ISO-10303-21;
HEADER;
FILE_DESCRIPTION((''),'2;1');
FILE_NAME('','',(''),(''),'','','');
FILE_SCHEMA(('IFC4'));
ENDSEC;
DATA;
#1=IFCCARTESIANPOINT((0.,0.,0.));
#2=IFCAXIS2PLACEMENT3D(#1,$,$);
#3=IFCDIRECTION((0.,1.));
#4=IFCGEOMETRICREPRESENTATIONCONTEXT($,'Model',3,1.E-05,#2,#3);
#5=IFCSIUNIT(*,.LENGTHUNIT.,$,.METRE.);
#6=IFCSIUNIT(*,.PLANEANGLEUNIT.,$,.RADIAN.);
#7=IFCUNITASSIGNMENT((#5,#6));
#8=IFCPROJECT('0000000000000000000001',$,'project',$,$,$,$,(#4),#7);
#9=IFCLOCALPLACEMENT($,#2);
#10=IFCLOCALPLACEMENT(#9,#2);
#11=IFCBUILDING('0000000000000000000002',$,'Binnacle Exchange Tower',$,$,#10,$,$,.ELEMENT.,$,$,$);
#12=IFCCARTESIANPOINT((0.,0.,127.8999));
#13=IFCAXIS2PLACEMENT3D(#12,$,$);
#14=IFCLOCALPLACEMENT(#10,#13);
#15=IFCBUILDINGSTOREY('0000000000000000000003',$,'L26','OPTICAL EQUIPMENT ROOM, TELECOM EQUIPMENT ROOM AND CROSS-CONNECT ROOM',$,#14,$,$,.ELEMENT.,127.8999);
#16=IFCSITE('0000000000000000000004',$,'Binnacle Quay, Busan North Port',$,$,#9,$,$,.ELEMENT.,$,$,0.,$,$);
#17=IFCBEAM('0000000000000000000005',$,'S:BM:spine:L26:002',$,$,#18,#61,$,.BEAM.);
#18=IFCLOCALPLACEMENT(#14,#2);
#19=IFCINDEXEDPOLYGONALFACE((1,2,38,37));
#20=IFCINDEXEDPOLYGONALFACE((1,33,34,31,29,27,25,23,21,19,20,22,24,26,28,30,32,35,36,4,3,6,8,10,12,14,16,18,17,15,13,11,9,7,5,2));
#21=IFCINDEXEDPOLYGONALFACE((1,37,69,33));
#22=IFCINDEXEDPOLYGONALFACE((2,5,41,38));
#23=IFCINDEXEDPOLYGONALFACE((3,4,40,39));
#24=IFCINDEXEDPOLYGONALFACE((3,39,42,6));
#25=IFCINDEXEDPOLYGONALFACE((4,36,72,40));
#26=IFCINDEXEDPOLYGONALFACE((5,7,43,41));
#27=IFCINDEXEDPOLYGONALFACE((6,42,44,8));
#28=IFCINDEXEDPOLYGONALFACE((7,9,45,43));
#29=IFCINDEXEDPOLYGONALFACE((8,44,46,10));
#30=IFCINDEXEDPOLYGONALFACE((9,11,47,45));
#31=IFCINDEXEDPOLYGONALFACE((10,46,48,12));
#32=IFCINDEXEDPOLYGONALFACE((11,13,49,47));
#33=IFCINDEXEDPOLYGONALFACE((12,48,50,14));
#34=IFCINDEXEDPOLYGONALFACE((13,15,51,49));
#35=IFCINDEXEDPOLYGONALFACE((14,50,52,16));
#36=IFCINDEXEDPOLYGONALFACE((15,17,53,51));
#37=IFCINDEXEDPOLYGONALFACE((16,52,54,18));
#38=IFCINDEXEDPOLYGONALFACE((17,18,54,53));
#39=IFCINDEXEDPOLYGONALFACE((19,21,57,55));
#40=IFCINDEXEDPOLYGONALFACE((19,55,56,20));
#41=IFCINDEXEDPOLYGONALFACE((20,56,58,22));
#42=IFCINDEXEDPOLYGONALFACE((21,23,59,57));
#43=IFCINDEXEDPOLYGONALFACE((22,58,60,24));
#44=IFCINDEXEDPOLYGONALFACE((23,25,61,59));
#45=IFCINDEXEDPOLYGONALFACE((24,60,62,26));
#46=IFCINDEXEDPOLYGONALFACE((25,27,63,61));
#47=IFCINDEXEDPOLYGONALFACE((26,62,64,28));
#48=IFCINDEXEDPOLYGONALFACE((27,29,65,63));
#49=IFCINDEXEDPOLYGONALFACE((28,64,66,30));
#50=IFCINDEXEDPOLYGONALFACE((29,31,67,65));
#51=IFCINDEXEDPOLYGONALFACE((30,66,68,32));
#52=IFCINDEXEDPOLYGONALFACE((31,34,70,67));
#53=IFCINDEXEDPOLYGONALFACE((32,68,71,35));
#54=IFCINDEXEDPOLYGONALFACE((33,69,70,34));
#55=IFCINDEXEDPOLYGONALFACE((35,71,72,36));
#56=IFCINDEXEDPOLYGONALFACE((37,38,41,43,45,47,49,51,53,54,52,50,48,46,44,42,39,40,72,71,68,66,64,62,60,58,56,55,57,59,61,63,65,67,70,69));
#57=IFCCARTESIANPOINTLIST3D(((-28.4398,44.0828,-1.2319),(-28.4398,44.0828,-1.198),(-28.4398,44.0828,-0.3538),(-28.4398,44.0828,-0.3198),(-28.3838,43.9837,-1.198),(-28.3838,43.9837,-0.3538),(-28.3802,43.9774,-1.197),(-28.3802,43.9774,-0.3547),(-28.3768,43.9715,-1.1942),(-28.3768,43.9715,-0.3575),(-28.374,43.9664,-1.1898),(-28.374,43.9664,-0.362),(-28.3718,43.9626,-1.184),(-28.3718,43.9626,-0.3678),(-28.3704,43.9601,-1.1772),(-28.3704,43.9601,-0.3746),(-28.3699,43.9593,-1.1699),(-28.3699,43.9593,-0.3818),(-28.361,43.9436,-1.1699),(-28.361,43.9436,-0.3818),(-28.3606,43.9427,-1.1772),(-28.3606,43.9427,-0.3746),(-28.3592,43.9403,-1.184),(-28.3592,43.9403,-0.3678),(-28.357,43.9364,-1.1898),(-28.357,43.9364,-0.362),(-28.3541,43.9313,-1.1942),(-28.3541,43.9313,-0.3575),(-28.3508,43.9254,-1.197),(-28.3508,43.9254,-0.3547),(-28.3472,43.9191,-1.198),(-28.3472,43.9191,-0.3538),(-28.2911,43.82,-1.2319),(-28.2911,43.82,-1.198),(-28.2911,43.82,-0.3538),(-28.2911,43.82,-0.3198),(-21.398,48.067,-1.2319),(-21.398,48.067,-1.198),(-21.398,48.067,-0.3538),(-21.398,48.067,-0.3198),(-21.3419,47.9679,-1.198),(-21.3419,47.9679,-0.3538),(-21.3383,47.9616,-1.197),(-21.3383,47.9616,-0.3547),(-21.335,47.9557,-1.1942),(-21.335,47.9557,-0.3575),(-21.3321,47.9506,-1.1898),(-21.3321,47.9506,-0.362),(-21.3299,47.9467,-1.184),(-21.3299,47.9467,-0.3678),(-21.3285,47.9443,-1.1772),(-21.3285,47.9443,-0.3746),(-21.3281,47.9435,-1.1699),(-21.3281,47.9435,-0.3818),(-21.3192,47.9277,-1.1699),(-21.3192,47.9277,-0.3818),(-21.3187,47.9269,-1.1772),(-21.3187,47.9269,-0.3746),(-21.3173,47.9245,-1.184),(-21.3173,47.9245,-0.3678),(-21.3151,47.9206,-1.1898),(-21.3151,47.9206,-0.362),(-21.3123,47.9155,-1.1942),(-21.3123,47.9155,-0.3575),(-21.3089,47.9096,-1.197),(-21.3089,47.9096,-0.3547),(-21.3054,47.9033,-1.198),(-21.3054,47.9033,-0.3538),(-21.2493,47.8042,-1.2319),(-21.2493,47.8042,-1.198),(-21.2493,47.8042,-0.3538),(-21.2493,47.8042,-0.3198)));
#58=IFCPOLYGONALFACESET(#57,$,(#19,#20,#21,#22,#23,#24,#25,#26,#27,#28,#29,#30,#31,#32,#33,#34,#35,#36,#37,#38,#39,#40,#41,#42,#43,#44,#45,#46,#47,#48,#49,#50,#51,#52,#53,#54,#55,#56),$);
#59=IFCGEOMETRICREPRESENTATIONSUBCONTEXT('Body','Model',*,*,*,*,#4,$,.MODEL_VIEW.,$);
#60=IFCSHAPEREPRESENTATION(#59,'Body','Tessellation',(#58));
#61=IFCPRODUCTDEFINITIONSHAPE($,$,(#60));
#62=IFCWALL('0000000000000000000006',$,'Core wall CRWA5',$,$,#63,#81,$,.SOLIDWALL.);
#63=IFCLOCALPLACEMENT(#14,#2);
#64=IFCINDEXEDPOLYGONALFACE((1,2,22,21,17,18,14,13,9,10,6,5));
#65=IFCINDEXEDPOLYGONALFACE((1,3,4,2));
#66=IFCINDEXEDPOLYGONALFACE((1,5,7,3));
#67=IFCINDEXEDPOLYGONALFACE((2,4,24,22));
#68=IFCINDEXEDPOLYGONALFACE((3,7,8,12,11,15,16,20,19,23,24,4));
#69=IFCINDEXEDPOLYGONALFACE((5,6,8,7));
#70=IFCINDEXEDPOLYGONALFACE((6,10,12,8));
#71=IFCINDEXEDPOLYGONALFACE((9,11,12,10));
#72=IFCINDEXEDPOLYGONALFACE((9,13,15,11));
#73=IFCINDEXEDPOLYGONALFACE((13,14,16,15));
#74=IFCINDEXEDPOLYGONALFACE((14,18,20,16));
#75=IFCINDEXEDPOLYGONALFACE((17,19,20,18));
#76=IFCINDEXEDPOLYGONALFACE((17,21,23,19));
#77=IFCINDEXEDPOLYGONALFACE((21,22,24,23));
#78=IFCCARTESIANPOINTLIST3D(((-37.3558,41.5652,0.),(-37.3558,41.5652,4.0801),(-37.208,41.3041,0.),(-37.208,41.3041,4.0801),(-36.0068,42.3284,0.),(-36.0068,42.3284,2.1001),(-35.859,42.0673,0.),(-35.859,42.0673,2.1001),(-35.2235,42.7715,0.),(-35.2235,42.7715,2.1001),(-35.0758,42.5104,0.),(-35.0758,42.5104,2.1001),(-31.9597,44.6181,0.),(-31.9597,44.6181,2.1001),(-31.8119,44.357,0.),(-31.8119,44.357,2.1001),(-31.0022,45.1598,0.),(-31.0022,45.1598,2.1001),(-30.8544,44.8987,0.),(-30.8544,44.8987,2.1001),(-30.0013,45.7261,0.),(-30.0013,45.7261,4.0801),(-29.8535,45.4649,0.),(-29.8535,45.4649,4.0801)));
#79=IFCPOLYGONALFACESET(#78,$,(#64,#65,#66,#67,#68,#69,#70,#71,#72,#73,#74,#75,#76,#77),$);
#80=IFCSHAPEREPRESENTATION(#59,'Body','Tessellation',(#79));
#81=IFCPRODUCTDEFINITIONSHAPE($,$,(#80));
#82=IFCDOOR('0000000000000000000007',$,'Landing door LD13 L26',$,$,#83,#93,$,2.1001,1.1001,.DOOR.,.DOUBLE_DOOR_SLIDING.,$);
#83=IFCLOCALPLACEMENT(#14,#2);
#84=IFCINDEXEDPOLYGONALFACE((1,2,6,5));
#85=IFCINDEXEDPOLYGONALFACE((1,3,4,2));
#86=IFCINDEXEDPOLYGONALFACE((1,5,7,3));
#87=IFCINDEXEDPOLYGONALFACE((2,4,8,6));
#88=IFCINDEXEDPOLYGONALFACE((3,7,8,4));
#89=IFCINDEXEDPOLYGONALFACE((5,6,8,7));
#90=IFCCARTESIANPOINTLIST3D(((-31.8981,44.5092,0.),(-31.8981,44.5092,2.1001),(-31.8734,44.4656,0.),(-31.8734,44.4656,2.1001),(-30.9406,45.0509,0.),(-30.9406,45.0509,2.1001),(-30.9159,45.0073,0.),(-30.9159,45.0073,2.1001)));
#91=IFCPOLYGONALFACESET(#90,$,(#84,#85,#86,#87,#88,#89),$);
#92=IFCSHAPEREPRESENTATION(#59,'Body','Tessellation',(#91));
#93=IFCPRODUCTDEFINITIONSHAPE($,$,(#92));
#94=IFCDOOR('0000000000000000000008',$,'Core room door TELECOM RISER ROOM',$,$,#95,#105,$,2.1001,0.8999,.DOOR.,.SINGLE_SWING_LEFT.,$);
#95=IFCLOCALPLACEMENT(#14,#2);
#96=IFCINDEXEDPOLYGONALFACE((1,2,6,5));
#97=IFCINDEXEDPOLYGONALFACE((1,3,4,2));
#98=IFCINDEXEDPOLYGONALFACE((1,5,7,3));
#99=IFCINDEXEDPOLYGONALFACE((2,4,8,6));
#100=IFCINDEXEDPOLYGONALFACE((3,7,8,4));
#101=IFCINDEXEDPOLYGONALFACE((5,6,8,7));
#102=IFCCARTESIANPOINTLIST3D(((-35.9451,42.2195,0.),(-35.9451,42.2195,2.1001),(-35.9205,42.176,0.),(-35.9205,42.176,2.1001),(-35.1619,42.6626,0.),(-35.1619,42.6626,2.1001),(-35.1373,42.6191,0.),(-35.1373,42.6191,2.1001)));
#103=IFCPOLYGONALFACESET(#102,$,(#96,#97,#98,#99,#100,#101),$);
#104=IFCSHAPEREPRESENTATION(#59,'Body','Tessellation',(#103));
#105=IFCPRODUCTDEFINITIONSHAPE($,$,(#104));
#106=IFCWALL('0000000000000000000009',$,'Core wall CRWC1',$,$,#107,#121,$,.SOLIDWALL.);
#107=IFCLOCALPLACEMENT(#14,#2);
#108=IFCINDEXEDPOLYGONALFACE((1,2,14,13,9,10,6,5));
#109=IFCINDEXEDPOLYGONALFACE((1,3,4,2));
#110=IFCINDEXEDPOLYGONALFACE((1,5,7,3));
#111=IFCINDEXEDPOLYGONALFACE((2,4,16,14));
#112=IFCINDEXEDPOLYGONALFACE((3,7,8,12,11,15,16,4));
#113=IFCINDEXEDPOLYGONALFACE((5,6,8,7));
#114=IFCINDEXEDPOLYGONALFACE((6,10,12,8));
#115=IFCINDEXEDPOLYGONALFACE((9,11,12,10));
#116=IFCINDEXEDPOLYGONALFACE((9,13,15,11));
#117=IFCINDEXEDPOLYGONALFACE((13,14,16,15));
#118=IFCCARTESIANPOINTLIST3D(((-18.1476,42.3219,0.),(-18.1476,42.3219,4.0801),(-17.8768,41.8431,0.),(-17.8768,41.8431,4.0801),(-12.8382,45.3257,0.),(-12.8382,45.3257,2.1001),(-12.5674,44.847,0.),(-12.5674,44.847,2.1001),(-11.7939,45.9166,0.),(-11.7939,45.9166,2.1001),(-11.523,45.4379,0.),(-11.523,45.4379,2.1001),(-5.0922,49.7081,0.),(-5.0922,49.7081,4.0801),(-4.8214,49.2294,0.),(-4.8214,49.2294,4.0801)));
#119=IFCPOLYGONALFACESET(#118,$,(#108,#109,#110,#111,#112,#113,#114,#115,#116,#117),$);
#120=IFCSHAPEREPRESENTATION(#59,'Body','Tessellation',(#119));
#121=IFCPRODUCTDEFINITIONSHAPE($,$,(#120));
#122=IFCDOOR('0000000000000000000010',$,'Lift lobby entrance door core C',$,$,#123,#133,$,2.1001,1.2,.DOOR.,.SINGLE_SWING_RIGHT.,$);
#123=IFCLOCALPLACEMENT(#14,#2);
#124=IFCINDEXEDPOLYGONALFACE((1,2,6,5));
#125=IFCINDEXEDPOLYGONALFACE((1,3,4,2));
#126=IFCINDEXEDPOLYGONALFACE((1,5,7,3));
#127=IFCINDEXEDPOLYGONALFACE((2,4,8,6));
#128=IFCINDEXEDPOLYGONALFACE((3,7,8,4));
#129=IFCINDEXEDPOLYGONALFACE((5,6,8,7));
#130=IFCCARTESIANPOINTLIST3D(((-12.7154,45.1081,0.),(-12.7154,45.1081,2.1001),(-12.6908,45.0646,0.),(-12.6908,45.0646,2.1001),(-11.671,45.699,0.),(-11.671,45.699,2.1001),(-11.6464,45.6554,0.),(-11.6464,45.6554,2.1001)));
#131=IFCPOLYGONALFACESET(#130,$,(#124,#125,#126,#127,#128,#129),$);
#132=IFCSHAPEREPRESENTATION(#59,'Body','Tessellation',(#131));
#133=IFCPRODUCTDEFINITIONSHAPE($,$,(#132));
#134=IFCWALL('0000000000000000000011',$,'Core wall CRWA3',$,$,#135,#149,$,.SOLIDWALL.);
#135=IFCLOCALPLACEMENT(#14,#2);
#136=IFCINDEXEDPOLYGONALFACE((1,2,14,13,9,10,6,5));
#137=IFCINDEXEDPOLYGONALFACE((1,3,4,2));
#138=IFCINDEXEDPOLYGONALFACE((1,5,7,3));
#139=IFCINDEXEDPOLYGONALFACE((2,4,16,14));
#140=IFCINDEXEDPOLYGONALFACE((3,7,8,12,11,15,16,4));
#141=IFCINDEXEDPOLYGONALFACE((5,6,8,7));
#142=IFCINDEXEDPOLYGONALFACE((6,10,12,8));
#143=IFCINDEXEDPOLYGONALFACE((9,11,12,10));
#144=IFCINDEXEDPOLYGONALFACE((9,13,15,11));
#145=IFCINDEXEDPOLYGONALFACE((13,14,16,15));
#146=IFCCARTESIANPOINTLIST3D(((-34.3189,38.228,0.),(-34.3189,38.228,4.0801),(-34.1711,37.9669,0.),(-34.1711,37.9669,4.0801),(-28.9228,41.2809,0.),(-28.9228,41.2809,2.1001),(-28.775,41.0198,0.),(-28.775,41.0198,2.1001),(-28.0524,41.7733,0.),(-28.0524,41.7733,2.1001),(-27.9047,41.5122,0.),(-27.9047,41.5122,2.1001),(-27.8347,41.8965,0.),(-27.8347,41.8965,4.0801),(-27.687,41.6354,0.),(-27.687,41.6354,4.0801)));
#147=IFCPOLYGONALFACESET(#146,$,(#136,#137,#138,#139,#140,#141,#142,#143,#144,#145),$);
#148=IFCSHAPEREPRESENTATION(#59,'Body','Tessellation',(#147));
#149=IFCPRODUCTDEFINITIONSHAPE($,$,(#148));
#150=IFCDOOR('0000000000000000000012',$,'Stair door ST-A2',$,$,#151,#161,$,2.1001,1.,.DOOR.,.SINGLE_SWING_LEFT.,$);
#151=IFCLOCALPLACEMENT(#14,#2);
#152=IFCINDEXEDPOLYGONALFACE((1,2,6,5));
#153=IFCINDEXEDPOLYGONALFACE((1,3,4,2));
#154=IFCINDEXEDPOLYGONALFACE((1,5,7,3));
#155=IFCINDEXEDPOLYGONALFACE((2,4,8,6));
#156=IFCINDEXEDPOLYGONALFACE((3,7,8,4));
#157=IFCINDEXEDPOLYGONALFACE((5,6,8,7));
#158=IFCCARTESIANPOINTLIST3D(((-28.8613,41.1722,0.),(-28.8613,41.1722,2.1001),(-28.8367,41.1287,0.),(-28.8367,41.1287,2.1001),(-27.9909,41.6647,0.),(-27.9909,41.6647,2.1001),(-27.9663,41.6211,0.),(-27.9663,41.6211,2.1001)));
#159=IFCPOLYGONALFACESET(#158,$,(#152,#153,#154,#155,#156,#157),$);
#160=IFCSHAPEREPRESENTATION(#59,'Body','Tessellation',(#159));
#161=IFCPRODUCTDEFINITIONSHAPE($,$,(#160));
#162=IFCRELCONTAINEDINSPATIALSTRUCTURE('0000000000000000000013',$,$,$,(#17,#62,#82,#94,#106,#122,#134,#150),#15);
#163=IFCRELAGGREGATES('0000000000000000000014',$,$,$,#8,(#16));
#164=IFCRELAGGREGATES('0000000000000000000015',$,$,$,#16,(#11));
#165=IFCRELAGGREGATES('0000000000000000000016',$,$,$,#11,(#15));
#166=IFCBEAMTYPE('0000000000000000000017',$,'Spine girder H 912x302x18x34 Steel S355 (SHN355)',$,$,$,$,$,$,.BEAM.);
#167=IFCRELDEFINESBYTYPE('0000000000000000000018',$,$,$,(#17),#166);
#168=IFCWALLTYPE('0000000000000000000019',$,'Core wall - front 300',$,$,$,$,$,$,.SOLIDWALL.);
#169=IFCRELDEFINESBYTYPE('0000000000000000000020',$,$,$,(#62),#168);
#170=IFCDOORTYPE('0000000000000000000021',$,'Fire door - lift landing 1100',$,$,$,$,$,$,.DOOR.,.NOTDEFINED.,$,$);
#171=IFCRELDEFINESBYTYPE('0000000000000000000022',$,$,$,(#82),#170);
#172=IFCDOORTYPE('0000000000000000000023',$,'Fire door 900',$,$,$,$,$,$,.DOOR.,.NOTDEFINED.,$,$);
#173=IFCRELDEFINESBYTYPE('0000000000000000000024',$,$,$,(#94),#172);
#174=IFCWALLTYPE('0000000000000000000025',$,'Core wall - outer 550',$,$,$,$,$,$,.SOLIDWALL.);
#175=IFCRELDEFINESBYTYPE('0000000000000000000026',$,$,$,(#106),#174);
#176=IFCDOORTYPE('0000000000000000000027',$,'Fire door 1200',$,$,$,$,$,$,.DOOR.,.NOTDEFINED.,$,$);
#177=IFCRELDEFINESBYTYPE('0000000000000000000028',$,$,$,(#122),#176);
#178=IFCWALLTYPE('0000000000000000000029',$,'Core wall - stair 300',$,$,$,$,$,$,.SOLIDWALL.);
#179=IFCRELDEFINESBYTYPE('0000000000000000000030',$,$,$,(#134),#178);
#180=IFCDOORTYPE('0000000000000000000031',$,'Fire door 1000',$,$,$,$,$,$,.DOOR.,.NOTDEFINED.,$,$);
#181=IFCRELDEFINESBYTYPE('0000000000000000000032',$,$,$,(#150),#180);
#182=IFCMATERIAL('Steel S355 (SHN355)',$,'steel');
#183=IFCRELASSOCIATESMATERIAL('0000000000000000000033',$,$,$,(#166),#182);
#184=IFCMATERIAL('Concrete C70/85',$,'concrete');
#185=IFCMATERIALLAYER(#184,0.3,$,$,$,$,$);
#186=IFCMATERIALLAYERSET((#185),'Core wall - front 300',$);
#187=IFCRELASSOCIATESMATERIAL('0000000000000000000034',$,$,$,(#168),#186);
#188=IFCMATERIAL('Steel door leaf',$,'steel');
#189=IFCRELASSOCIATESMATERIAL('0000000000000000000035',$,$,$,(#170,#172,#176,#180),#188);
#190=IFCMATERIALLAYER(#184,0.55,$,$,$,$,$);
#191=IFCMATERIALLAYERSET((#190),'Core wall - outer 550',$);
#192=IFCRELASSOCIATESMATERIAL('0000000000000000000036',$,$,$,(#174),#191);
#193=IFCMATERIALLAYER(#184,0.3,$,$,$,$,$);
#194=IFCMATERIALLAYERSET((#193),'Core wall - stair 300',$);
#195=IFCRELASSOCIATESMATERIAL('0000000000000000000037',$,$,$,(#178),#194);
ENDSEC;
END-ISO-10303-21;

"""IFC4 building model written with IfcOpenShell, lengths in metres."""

from ifc_helpers import new_model, si_unit, direction, frame, frame_2d, origin, origin_2d, place, context, subcontext, project, spatial, rectangle, i_section, extrude, material, layer, layer_set, material_profile, profile_set, type_object, element, fill, save


model = new_model("IFC4")

# Units and contexts
model_context = context("Model", 3, precision=1e-05, world=origin(), true_north=direction((0.0, 1.0)))
body_context = subcontext(model_context, "Body", "Model", "MODEL_VIEW")
ifc_project = project(units=[si_unit("LENGTHUNIT", "METRE"), si_unit("PLANEANGLEUNIT", "RADIAN")], contexts=[model_context])

# Site, building, storey
site_placement = place(None, origin())
site = spatial("IfcSite", under=ifc_project, at=site_placement, Name="Binnacle Quay, Busan North Port", CompositionType="ELEMENT", RefElevation=0.0)
building_placement = place(site_placement, origin())
building = spatial("IfcBuilding", under=site, at=building_placement, Name="Binnacle Exchange Tower", CompositionType="ELEMENT")
storey_placement = place(building_placement, frame((0.0, 0.0, 127.8999)))
storey = spatial("IfcBuildingStorey", under=building, at=storey_placement, Name="L26", Description="OPTICAL EQUIPMENT ROOM, TELECOM EQUIPMENT ROOM AND CROSS-CONNECT ROOM", CompositionType="ELEMENT", Elevation=127.8999)

# Shared definitions
ifc_material_1 = material(Name="Concrete C70/85", Category="concrete")

# Beam
ifc_material_2 = material(Name="Steel S355 (SHN355)", Category="steel")
ifc_material_profile_1 = material_profile(ifc_material_2, i_section(OverallWidth=0.302, OverallDepth=0.9121, WebThickness=0.0181, FlangeThickness=0.0339, FilletRadius=0.0281, at=origin_2d()), Name="H 912x302x18x34")
ifc_profile_set_1 = profile_set([ifc_material_profile_1], Name="Steel S355 (SHN355)")
beam_type_1 = type_object("IfcBeamType", Name="Spine girder H 912x302x18x34 Steel S355 (SHN355)", PredefinedType="BEAM", material=ifc_profile_set_1)
beam_1_placement = place(storey_placement, frame((-28.3655, 43.9514, -0.7759), z_axis=(0.87035, 0.492433, 0.0), x_axis=(-0.492433, 0.87035, 0.0)))
element("IfcBeam", 1, at=beam_1_placement, inside=storey, type_object=beam_type_1, Name="S:BM:spine:L26:002", PredefinedType="BEAM", context=body_context, shape_type="SweptSolid", body=[
    extrude(i_section(OverallWidth=0.302, OverallDepth=0.9121, WebThickness=0.0181, FlangeThickness=0.0339, FilletRadius=0.0281, at=origin_2d()), origin(), (0.0, 0.0, 1.0), 8.0908),
])

# Wall, openings, doors
ifc_layer_1 = layer(ifc_material_1, 0.3)
ifc_layer_set_1 = layer_set([ifc_layer_1], Name="Core wall - front 300")
wall_type_1 = type_object("IfcWallType", Name="Core wall - front 300", PredefinedType="SOLIDWALL", material=ifc_layer_set_1)
wall_1_placement = place(storey_placement, frame((-37.282, 41.4346, 0.0), z_axis=(0.0, 0.0, 1.0), x_axis=(0.87036, 0.492416, 0.0)))
wall_1 = element("IfcWall", 2, at=wall_1_placement, inside=storey, type_object=wall_type_1, Name="Core wall CRWA5", PredefinedType="SOLIDWALL", context=body_context, shape_type="SweptSolid", body=[
    extrude(rectangle(XDim=8.45, YDim=0.3, at=frame_2d((4.2251, 0.0))), origin(), (0.0, 0.0, 1.0), 4.0801),
])
opening_1_placement = place(wall_1_placement, frame((6.2, 0.0, 0.0)))
opening_1 = element("IfcOpeningElement", 3, at=opening_1_placement, cuts=wall_1, PredefinedType="OPENING", context=body_context, shape_type="SweptSolid", body=[
    extrude(rectangle(XDim=1.1001, YDim=2.1001, at=frame_2d((0.55, 1.05))), frame((0.0, 0.1599, 0.0), z_axis=(0.0, -1.0, 0.0), x_axis=(1.0, 0.0, 0.0)), (0.0, 0.0, 1.0), 0.3201),
])
opening_2_placement = place(wall_1_placement, frame((1.55, 0.0, 0.0)))
opening_2 = element("IfcOpeningElement", 4, at=opening_2_placement, cuts=wall_1, PredefinedType="OPENING", context=body_context, shape_type="SweptSolid", body=[
    extrude(rectangle(XDim=0.8999, YDim=2.1001, at=frame_2d((0.45, 1.05))), frame((0.0, 0.1599, 0.0), z_axis=(0.0, -1.0, 0.0), x_axis=(1.0, 0.0, 0.0)), (0.0, 0.0, 1.0), 0.3201),
])
ifc_material_3 = material(Name="Steel door leaf", Category="steel")
door_type_1 = type_object("IfcDoorType", Name="Fire door - lift landing 1100", OperationType="NOTDEFINED", PredefinedType="DOOR", material=ifc_material_3)
door_1_placement = place(opening_1_placement, origin())
door_1 = element("IfcDoor", 5, at=door_1_placement, inside=storey, type_object=door_type_1, Name="Landing door LD13 L26", OperationType="DOUBLE_DOOR_SLIDING", OverallHeight=2.1001, OverallWidth=1.1001, PredefinedType="DOOR", context=body_context, shape_type="SweptSolid", body=[
    extrude(rectangle(XDim=1.1001, YDim=2.1001, at=frame_2d((0.55, 1.05))), frame((0.0, 0.0249, 0.0), z_axis=(0.0, -1.0, 0.0), x_axis=(1.0, 0.0, 0.0)), (0.0, 0.0, 1.0), 0.05),
])
fill(opening_1, door_1)
door_type_2 = type_object("IfcDoorType", Name="Fire door 900", OperationType="NOTDEFINED", PredefinedType="DOOR", material=ifc_material_3)
door_2_placement = place(opening_2_placement, origin())
door_2 = element("IfcDoor", 6, at=door_2_placement, inside=storey, type_object=door_type_2, Name="Core room door TELECOM RISER ROOM", OperationType="SINGLE_SWING_LEFT", OverallHeight=2.1001, OverallWidth=0.8999, PredefinedType="DOOR", context=body_context, shape_type="SweptSolid", body=[
    extrude(rectangle(XDim=0.8999, YDim=2.1001, at=frame_2d((0.45, 1.05))), frame((0.0, 0.0249, 0.0), z_axis=(0.0, -1.0, 0.0), x_axis=(1.0, 0.0, 0.0)), (0.0, 0.0, 1.0), 0.05),
])
fill(opening_2, door_2)

# Walls, openings, doors
ifc_layer_2 = layer(ifc_material_1, 0.55)
ifc_layer_set_2 = layer_set([ifc_layer_2], Name="Core wall - outer 550")
wall_type_2 = type_object("IfcWallType", Name="Core wall - outer 550", PredefinedType="SOLIDWALL", material=ifc_layer_set_2)
wall_2_placement = place(storey_placement, frame((-18.0122, 42.0825, 0.0), z_axis=(0.0, 0.0, 1.0), x_axis=(0.870361, 0.492415, 0.0)))
wall_2 = element("IfcWall", 7, at=wall_2_placement, inside=storey, type_object=wall_type_2, Name="Core wall CRWC1", PredefinedType="SOLIDWALL", context=body_context, shape_type="SweptSolid", body=[
    extrude(rectangle(XDim=15.0, YDim=0.55, at=frame_2d((7.5, 0.0))), origin(), (0.0, 0.0, 1.0), 4.0801),
])
opening_3_placement = place(wall_2_placement, frame((6.1001, 0.0, 0.0)))
opening_3 = element("IfcOpeningElement", 8, at=opening_3_placement, cuts=wall_2, PredefinedType="OPENING", context=body_context, shape_type="SweptSolid", body=[
    extrude(rectangle(XDim=1.2, YDim=2.1001, at=frame_2d((0.6001, 1.05))), frame((0.0, 0.2849, 0.0), z_axis=(0.0, -1.0, 0.0), x_axis=(1.0, 0.0, 0.0)), (0.0, 0.0, 1.0), 0.5701),
])
door_type_3 = type_object("IfcDoorType", Name="Fire door 1200", OperationType="NOTDEFINED", PredefinedType="DOOR", material=ifc_material_3)
door_3_placement = place(opening_3_placement, frame((1.2, 0.0, 0.0), z_axis=(0.0, 0.0, 1.0), x_axis=(-1.0, 0.0, 0.0)))
door_3 = element("IfcDoor", 9, at=door_3_placement, inside=storey, type_object=door_type_3, Name="Lift lobby entrance door core C", OperationType="SINGLE_SWING_RIGHT", OverallHeight=2.1001, OverallWidth=1.2, PredefinedType="DOOR", context=body_context, shape_type="SweptSolid", body=[
    extrude(rectangle(XDim=1.2, YDim=2.1001, at=frame_2d((0.6001, 1.05))), frame((0.0, 0.0249, 0.0), z_axis=(0.0, -1.0, 0.0), x_axis=(1.0, 0.0, 0.0)), (0.0, 0.0, 1.0), 0.05),
])
fill(opening_3, door_3)
ifc_layer_3 = layer(ifc_material_1, 0.3)
ifc_layer_set_3 = layer_set([ifc_layer_3], Name="Core wall - stair 300")
wall_type_3 = type_object("IfcWallType", Name="Core wall - stair 300", PredefinedType="SOLIDWALL", material=ifc_layer_set_3)
wall_3_placement = place(storey_placement, frame((-34.2451, 38.0974, 0.0), z_axis=(0.0, 0.0, 1.0), x_axis=(0.870361, 0.492415, 0.0)))
wall_3 = element("IfcWall", 10, at=wall_3_placement, inside=storey, type_object=wall_type_3, Name="Core wall CRWA3", PredefinedType="SOLIDWALL", context=body_context, shape_type="SweptSolid", body=[
    extrude(rectangle(XDim=7.45, YDim=0.3, at=frame_2d((3.7251, 0.0))), origin(), (0.0, 0.0, 1.0), 4.0801),
])
opening_4_placement = place(wall_3_placement, frame((6.2, 0.0, 0.0)))
opening_4 = element("IfcOpeningElement", 11, at=opening_4_placement, cuts=wall_3, PredefinedType="OPENING", context=body_context, shape_type="SweptSolid", body=[
    extrude(rectangle(XDim=1.0, YDim=2.1001, at=frame_2d((0.5, 1.05))), frame((0.0, 0.1599, 0.0), z_axis=(0.0, -1.0, 0.0), x_axis=(1.0, 0.0, 0.0)), (0.0, 0.0, 1.0), 0.3201),
])
door_type_4 = type_object("IfcDoorType", Name="Fire door 1000", OperationType="NOTDEFINED", PredefinedType="DOOR", material=ifc_material_3)
door_4_placement = place(opening_4_placement, frame((1.0, 0.0, 0.0), z_axis=(0.0, 0.0, 1.0), x_axis=(-1.0, 0.0, 0.0)))
door_4 = element("IfcDoor", 12, at=door_4_placement, inside=storey, type_object=door_type_4, Name="Stair door ST-A2", OperationType="SINGLE_SWING_LEFT", OverallHeight=2.1001, OverallWidth=1.0, PredefinedType="DOOR", context=body_context, shape_type="SweptSolid", body=[
    extrude(rectangle(XDim=1.0, YDim=2.1001, at=frame_2d((0.5, 1.05))), frame((0.0, 0.0249, 0.0), z_axis=(0.0, -1.0, 0.0), x_axis=(1.0, 0.0, 0.0)), (0.0, 0.0, 1.0), 0.05),
])
fill(opening_4, door_4)

save(model, "model.ifc")
